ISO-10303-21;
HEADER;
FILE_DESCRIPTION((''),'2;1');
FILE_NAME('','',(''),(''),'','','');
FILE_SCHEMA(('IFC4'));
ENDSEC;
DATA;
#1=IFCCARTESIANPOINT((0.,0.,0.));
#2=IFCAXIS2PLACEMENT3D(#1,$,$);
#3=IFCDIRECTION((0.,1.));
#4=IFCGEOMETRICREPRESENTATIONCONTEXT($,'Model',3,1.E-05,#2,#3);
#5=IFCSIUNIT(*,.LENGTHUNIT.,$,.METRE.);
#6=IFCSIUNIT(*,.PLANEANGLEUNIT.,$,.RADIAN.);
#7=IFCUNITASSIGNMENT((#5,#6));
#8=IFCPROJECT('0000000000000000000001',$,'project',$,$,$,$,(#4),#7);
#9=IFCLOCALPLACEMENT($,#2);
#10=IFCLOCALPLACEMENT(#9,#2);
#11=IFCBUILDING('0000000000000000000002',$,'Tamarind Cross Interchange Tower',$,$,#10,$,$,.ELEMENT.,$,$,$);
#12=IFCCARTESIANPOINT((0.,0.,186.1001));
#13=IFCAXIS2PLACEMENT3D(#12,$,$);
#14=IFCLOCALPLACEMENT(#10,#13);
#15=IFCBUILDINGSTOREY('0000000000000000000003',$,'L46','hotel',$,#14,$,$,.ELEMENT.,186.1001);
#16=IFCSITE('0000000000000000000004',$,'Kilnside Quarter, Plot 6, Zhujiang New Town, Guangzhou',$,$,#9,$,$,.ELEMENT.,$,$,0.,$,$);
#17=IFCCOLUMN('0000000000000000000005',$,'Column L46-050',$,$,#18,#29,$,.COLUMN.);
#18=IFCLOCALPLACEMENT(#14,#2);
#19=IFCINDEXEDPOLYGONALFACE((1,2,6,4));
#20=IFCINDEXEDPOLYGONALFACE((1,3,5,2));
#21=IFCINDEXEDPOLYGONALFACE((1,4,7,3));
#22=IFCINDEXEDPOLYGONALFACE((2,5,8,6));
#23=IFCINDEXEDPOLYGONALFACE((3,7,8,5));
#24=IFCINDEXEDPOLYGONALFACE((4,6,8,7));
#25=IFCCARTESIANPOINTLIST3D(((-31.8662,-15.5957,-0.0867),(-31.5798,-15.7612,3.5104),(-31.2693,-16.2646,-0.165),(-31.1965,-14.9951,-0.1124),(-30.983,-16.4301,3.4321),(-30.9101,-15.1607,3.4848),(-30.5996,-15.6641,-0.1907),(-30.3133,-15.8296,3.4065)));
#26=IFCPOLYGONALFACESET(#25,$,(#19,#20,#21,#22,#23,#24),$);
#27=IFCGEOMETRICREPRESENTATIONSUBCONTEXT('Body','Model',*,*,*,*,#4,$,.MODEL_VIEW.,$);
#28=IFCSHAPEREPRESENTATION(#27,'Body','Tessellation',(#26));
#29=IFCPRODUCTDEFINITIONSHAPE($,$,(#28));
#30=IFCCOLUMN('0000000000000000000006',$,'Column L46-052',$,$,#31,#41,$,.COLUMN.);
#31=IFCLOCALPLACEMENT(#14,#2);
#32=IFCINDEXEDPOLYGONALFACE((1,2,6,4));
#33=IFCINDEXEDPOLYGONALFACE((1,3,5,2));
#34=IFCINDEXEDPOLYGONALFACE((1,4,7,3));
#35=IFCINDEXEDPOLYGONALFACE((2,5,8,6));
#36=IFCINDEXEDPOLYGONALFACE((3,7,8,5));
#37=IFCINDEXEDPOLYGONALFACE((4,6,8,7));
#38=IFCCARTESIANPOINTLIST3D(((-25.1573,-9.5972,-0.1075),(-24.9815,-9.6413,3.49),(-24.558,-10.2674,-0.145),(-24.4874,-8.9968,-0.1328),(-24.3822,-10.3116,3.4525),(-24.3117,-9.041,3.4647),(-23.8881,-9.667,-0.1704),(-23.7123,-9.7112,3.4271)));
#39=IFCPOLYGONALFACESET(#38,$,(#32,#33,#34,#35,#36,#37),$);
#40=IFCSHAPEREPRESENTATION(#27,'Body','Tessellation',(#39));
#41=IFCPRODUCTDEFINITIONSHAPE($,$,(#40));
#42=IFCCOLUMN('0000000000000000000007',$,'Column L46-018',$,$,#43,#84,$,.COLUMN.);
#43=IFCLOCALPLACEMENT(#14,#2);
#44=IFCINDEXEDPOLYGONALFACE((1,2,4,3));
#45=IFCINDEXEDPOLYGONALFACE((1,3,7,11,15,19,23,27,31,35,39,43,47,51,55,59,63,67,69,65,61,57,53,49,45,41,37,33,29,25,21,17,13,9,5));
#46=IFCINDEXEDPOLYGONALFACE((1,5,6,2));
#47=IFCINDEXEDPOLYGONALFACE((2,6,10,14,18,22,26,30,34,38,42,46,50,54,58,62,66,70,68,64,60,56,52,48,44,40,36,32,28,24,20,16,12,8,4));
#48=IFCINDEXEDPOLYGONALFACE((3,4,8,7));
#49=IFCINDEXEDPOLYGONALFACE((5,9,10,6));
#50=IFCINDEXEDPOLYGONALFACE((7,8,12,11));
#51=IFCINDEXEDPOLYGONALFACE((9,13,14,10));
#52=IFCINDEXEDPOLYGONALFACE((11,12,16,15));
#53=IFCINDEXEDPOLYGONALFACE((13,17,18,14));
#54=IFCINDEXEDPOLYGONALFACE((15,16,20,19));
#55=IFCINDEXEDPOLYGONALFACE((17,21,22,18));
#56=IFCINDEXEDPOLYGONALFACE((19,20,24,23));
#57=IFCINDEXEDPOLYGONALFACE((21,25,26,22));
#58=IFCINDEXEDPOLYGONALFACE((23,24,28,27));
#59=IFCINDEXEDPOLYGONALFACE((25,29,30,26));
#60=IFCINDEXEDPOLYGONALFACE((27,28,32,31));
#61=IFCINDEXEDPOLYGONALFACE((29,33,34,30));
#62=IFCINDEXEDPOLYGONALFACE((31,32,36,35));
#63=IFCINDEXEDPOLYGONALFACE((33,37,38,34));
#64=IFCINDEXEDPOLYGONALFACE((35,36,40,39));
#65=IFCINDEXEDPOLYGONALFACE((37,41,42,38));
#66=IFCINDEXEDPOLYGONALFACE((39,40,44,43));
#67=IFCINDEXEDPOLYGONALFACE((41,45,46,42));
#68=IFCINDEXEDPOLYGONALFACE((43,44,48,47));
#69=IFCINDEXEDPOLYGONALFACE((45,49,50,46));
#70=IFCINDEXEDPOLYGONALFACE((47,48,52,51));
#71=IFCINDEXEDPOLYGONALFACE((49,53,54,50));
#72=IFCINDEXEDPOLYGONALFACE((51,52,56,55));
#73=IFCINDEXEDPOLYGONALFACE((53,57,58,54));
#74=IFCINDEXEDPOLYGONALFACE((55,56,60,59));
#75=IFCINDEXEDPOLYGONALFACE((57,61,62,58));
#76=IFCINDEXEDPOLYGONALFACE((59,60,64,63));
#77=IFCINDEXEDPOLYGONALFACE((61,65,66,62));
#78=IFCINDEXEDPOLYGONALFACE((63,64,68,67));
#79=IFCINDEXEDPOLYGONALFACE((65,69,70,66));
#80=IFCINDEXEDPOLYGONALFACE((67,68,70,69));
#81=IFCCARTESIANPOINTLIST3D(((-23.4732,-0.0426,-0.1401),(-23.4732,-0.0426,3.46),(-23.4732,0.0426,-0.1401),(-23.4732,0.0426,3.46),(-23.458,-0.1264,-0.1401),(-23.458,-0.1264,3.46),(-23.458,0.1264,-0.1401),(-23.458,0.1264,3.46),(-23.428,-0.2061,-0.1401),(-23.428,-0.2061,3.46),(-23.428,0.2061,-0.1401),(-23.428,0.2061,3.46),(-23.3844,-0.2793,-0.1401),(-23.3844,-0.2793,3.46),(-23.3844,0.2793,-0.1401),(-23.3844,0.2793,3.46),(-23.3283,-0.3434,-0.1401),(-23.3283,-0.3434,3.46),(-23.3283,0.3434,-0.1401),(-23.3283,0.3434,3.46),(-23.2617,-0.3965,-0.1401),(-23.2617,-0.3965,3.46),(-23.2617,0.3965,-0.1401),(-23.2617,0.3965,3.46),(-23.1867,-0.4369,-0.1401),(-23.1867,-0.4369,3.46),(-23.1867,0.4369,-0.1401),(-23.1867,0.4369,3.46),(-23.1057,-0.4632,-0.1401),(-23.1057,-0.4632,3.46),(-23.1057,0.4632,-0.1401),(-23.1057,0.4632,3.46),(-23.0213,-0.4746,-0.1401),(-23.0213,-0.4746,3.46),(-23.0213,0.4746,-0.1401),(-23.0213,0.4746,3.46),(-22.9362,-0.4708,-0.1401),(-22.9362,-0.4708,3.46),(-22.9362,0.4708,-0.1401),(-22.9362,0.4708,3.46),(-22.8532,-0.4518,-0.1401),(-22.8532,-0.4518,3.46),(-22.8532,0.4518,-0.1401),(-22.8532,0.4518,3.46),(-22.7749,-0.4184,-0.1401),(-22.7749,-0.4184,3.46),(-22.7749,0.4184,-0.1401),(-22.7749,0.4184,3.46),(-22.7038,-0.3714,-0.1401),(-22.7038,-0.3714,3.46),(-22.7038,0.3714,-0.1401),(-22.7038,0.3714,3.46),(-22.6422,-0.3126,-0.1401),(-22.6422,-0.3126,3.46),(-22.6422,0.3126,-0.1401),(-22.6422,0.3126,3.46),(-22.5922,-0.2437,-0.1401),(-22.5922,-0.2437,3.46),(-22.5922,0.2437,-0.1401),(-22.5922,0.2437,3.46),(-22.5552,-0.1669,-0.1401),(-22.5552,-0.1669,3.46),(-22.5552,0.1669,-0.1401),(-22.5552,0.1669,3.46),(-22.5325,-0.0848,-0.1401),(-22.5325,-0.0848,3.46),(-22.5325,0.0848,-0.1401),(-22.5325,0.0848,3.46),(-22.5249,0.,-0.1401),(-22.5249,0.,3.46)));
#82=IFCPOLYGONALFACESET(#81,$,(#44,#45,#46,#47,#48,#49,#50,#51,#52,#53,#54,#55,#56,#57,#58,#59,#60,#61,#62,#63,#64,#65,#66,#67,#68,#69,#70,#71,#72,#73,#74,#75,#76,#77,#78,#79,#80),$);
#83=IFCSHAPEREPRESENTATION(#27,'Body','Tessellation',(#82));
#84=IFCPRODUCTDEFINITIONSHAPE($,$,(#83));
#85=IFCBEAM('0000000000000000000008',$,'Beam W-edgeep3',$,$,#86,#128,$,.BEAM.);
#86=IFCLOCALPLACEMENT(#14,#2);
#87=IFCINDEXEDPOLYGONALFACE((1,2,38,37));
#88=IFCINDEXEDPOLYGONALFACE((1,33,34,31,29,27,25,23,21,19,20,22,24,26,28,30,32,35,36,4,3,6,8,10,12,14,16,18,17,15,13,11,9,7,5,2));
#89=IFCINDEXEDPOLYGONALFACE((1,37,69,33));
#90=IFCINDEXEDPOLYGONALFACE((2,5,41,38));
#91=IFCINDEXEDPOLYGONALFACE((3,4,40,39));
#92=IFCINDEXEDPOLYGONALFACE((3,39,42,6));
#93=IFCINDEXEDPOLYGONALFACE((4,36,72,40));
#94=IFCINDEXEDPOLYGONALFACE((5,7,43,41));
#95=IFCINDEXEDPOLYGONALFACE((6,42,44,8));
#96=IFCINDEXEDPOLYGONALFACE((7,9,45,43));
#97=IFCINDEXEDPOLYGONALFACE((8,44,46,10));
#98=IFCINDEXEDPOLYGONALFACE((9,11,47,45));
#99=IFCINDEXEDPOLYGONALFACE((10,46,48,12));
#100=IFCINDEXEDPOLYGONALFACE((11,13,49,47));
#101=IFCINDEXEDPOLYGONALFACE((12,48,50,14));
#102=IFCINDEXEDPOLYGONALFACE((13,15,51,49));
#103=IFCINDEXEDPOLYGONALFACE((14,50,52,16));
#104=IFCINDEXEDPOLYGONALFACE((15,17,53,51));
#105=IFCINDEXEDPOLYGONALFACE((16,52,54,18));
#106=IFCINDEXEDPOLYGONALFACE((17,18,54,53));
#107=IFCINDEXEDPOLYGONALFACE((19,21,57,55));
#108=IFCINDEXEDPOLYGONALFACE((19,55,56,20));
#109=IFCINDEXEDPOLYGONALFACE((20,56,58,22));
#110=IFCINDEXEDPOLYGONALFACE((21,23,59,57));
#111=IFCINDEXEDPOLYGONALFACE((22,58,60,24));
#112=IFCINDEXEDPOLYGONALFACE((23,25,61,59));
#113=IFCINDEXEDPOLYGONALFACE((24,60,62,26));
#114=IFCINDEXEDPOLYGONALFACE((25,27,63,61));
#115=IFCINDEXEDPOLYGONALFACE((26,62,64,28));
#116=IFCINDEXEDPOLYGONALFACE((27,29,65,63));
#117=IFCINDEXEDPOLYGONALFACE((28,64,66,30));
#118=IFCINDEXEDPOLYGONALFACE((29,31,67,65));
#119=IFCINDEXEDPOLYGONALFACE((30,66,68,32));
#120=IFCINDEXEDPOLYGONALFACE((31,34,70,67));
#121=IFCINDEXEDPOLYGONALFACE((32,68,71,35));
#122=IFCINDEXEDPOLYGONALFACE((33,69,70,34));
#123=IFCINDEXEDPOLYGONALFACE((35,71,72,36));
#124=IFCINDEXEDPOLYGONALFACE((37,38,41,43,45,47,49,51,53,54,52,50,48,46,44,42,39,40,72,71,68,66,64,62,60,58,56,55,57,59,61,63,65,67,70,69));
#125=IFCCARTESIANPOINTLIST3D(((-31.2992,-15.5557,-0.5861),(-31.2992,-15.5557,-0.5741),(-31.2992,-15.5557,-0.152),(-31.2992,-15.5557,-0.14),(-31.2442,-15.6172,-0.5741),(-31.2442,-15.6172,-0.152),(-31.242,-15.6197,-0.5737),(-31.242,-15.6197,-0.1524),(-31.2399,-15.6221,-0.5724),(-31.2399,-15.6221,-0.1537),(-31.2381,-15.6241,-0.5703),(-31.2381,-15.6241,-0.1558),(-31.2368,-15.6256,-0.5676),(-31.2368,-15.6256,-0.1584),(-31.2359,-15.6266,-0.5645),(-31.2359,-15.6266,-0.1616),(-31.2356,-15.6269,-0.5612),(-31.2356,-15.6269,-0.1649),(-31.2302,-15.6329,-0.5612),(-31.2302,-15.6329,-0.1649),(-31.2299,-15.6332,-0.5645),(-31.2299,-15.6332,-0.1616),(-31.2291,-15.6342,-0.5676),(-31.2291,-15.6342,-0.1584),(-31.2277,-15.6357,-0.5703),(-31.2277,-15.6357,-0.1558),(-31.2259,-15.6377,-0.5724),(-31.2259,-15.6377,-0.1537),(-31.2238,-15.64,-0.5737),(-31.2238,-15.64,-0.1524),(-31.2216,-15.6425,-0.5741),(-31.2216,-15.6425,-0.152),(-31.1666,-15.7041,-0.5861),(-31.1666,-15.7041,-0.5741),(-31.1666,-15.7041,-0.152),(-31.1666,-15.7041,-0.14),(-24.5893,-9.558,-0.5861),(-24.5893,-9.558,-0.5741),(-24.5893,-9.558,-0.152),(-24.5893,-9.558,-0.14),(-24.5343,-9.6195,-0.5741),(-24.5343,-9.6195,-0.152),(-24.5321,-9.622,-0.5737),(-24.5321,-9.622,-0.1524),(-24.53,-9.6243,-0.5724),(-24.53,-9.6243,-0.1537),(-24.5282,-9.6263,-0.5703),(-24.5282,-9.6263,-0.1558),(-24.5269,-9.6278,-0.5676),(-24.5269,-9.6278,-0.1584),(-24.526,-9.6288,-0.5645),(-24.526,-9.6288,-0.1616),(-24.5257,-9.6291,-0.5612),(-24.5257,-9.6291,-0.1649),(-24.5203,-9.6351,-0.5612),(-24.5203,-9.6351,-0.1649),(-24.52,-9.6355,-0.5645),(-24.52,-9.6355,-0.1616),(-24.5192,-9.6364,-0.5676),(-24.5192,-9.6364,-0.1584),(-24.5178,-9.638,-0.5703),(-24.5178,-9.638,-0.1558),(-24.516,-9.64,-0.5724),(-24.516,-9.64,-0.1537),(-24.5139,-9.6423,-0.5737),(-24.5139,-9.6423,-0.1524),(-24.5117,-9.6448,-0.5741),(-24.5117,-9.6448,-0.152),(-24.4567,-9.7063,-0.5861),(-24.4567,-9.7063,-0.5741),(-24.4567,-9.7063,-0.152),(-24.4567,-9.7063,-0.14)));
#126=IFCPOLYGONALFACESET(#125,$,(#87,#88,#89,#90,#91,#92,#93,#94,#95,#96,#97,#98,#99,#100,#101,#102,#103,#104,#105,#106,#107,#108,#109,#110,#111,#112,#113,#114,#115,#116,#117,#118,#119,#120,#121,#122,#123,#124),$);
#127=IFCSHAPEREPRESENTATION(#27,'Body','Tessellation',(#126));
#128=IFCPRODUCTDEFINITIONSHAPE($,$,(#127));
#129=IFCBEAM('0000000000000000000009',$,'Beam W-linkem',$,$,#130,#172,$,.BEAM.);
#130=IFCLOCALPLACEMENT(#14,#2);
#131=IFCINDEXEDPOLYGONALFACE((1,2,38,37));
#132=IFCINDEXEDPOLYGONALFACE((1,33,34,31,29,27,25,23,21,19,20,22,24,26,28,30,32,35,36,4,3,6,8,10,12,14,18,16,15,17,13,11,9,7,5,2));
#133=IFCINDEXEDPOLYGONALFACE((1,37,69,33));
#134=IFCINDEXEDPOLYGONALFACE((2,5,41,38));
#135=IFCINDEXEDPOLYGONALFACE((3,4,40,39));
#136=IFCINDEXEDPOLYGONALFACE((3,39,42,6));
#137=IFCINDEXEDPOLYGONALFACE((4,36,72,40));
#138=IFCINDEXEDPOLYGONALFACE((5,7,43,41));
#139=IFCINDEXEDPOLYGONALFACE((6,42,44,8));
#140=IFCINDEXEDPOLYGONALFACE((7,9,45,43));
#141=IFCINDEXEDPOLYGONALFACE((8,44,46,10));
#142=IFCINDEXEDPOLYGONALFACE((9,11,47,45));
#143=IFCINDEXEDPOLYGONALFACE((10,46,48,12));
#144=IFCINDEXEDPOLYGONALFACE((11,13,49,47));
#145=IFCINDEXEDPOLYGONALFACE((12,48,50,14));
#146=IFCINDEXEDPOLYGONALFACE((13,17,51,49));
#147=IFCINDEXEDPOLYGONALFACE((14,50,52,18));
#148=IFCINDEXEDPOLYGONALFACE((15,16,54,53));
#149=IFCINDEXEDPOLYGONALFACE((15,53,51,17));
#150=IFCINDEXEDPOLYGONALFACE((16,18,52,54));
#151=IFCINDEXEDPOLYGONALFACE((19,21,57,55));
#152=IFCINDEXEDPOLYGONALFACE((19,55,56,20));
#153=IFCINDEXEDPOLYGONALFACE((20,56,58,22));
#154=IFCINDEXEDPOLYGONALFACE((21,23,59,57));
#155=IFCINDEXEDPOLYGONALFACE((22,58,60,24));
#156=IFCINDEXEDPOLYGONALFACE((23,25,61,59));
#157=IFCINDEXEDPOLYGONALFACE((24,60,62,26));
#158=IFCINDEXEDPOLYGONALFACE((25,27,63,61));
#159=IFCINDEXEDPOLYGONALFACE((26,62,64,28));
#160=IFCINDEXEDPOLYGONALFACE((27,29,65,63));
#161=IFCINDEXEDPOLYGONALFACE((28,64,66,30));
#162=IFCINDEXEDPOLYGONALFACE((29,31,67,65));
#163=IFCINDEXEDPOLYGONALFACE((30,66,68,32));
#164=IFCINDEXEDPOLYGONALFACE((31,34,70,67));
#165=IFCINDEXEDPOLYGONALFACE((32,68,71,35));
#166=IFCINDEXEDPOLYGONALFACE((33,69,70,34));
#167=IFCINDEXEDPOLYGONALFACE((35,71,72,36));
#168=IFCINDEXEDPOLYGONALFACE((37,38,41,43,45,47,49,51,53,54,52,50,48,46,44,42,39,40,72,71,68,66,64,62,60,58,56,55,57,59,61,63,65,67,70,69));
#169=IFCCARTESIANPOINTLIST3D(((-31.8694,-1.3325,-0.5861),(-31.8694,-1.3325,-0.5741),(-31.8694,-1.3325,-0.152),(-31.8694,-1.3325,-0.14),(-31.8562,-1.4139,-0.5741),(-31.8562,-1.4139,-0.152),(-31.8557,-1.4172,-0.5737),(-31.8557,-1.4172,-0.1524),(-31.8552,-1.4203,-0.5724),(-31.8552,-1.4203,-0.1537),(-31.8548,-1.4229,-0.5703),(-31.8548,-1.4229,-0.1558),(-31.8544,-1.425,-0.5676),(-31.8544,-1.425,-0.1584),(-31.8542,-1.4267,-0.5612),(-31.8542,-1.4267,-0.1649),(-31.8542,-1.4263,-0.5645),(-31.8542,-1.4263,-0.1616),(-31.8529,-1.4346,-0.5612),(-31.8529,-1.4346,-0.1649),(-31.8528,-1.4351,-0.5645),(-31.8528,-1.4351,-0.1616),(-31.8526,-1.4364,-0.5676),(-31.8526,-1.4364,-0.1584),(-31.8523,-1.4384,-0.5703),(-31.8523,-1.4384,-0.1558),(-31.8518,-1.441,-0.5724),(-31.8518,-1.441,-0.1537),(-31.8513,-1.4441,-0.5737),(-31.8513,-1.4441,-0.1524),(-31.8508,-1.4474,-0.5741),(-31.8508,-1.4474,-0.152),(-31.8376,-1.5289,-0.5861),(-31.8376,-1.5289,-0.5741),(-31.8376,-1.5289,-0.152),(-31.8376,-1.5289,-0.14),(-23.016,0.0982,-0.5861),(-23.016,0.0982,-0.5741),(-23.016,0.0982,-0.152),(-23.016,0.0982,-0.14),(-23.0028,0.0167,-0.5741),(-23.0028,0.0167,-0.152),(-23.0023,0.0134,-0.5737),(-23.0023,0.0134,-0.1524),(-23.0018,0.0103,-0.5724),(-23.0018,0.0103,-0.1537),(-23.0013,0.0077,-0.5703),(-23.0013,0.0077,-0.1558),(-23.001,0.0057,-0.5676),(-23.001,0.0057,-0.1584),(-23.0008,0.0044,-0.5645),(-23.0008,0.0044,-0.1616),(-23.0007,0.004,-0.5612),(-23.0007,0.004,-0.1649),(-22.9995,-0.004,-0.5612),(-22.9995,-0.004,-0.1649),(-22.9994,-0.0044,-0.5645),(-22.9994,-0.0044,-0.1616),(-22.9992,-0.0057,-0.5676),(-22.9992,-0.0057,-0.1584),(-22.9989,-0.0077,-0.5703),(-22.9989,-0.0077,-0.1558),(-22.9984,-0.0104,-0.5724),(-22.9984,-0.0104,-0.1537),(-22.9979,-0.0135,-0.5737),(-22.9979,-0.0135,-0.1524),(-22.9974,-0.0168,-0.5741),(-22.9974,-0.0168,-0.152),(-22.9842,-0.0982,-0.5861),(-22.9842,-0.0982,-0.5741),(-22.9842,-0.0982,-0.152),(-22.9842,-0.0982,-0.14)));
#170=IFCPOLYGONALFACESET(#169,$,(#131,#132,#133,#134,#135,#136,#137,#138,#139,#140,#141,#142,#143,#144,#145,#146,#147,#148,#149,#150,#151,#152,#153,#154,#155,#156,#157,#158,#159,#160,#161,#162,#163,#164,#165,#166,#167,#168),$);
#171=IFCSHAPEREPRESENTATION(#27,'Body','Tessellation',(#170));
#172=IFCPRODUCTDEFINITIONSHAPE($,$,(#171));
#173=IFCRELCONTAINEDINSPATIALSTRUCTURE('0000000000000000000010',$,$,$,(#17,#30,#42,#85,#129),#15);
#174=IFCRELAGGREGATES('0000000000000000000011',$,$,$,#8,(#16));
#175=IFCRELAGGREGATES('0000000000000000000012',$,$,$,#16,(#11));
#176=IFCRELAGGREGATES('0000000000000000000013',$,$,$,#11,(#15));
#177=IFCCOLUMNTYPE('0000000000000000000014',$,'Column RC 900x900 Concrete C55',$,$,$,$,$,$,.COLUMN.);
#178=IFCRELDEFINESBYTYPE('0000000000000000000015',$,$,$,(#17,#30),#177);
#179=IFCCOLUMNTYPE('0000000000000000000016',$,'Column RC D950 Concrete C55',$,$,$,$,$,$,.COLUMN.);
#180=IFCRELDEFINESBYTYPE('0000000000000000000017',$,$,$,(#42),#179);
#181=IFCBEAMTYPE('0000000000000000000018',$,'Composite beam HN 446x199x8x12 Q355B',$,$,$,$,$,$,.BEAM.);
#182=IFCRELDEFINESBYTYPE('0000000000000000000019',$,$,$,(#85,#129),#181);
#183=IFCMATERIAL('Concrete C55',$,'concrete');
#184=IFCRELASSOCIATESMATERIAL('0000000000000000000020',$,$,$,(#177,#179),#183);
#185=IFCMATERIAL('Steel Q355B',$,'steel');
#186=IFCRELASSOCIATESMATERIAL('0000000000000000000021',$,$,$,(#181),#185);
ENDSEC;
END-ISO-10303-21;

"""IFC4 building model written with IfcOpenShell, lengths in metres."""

from ifc_helpers import new_model, si_unit, direction, frame, origin, origin_2d, place, context, subcontext, project, spatial, rectangle, circle, i_section, extrude, material, material_profile, profile_set, type_object, element, save


model = new_model("IFC4")

# Units and contexts
model_context = context("Model", 3, precision=1e-05, world=origin(), true_north=direction((0.0, 1.0)))
body_context = subcontext(model_context, "Body", "Model", "MODEL_VIEW")
ifc_project = project(units=[si_unit("LENGTHUNIT", "METRE"), si_unit("PLANEANGLEUNIT", "RADIAN")], contexts=[model_context])

# Site, building, storey
site_placement = place(None, origin())
site = spatial("IfcSite", under=ifc_project, at=site_placement, Name="Kilnside Quarter, Plot 6, Zhujiang New Town, Guangzhou", CompositionType="ELEMENT", RefElevation=0.0)
building_placement = place(site_placement, origin())
building = spatial("IfcBuilding", under=site, at=building_placement, Name="Tamarind Cross Interchange Tower", CompositionType="ELEMENT")
storey_placement = place(building_placement, frame((0.0, 0.0, 186.1001)))
storey = spatial("IfcBuildingStorey", under=building, at=storey_placement, Name="L46", Description="hotel", CompositionType="ELEMENT", Elevation=186.1001)

# Columns
ifc_material_1 = material(Name="Concrete C55", Category="concrete")
ifc_material_profile_1 = material_profile(ifc_material_1, rectangle(XDim=0.8999, YDim=0.8999, at=origin_2d()), Name="RC 900x900")
ifc_profile_set_1 = profile_set([ifc_material_profile_1], Name="Concrete C55")
column_type_1 = type_object("IfcColumnType", Name="Column RC 900x900 Concrete C55", PredefinedType="COLUMN", material=ifc_profile_set_1)
column_1_placement = place(storey_placement, frame((-31.2329, -15.6299, -0.1387), z_axis=(0.079277, -0.045823, 0.995799), x_axis=(-0.663246, 0.743327, 0.087007)))
element("IfcColumn", 1, at=column_1_placement, inside=storey, type_object=column_type_1, Name="Column L46-050", PredefinedType="COLUMN", context=body_context, shape_type="SweptSolid", body=[
    extrude(rectangle(XDim=0.8999, YDim=0.8999, at=origin_2d()), origin(), (0.0, 0.0, 1.0), 3.6123),
])
column_2_placement = place(storey_placement, frame((-24.5227, -9.6321, -0.1389), z_axis=(0.048801, -0.012268, 0.998733), x_axis=(-0.665983, 0.744801, 0.041691)))
element("IfcColumn", 2, at=column_2_placement, inside=storey, type_object=column_type_1, Name="Column L46-052", PredefinedType="COLUMN", context=body_context, shape_type="SweptSolid", body=[
    extrude(rectangle(XDim=0.8999, YDim=0.8999, at=origin_2d()), origin(), (0.0, 0.0, 1.0), 3.6021),
])
ifc_material_profile_2 = material_profile(ifc_material_1, circle(Radius=0.4751, at=origin_2d()), Name="RC D950")
ifc_profile_set_2 = profile_set([ifc_material_profile_2], Name="Concrete C55")
column_type_2 = type_object("IfcColumnType", Name="Column RC D950 Concrete C55", PredefinedType="COLUMN", material=ifc_profile_set_2)
column_3_placement = place(storey_placement, frame((-23.0, 0.0, -0.1401), z_axis=(0.0, 0.0, 1.0), x_axis=(1.0, 0.0, 0.0)))
element("IfcColumn", 3, at=column_3_placement, inside=storey, type_object=column_type_2, Name="Column L46-018", PredefinedType="COLUMN", context=body_context, shape_type="SweptSolid", body=[
    extrude(circle(Radius=0.4751, at=origin_2d()), origin(), (0.0, 0.0, 1.0), 3.6001),
])

# Beams
ifc_material_2 = material(Name="Steel Q355B", Category="steel")
ifc_material_profile_3 = material_profile(ifc_material_2, i_section(OverallWidth=0.199, OverallDepth=0.446, WebThickness=0.0081, FlangeThickness=0.012, FilletRadius=0.0129, at=origin_2d()), Name="HN 446x199x8x12")
ifc_profile_set_3 = profile_set([ifc_material_profile_3], Name="Steel Q355B")
beam_type_1 = type_object("IfcBeamType", Name="Composite beam HN 446x199x8x12 Q355B", PredefinedType="BEAM", material=ifc_profile_set_3)
beam_1_placement = place(storey_placement, frame((-31.2329, -15.6299, -0.363), z_axis=(0.745564, 0.666434, 0.0), x_axis=(-0.666434, 0.745564, 0.0)))
element("IfcBeam", 4, at=beam_1_placement, inside=storey, type_object=beam_type_1, Name="Beam W-edgeep3", PredefinedType="BEAM", context=body_context, shape_type="SweptSolid", body=[
    extrude(i_section(OverallWidth=0.199, OverallDepth=0.446, WebThickness=0.0081, FlangeThickness=0.012, FilletRadius=0.0129, at=origin_2d()), origin(), (0.0, 0.0, 1.0), 8.9998),
])
beam_2_placement = place(storey_placement, frame((-31.8535, -1.4307, -0.363), z_axis=(0.987194, 0.159523, 0.0), x_axis=(-0.159523, 0.987194, 0.0)))
element("IfcBeam", 5, at=beam_2_placement, inside=storey, type_object=beam_type_1, Name="Beam W-linkem", PredefinedType="BEAM", context=body_context, shape_type="SweptSolid", body=[
    extrude(i_section(OverallWidth=0.199, OverallDepth=0.446, WebThickness=0.0081, FlangeThickness=0.012, FilletRadius=0.0129, at=origin_2d()), origin(), (0.0, 0.0, 1.0), 8.9683),
])

save(model, "model.ifc")
